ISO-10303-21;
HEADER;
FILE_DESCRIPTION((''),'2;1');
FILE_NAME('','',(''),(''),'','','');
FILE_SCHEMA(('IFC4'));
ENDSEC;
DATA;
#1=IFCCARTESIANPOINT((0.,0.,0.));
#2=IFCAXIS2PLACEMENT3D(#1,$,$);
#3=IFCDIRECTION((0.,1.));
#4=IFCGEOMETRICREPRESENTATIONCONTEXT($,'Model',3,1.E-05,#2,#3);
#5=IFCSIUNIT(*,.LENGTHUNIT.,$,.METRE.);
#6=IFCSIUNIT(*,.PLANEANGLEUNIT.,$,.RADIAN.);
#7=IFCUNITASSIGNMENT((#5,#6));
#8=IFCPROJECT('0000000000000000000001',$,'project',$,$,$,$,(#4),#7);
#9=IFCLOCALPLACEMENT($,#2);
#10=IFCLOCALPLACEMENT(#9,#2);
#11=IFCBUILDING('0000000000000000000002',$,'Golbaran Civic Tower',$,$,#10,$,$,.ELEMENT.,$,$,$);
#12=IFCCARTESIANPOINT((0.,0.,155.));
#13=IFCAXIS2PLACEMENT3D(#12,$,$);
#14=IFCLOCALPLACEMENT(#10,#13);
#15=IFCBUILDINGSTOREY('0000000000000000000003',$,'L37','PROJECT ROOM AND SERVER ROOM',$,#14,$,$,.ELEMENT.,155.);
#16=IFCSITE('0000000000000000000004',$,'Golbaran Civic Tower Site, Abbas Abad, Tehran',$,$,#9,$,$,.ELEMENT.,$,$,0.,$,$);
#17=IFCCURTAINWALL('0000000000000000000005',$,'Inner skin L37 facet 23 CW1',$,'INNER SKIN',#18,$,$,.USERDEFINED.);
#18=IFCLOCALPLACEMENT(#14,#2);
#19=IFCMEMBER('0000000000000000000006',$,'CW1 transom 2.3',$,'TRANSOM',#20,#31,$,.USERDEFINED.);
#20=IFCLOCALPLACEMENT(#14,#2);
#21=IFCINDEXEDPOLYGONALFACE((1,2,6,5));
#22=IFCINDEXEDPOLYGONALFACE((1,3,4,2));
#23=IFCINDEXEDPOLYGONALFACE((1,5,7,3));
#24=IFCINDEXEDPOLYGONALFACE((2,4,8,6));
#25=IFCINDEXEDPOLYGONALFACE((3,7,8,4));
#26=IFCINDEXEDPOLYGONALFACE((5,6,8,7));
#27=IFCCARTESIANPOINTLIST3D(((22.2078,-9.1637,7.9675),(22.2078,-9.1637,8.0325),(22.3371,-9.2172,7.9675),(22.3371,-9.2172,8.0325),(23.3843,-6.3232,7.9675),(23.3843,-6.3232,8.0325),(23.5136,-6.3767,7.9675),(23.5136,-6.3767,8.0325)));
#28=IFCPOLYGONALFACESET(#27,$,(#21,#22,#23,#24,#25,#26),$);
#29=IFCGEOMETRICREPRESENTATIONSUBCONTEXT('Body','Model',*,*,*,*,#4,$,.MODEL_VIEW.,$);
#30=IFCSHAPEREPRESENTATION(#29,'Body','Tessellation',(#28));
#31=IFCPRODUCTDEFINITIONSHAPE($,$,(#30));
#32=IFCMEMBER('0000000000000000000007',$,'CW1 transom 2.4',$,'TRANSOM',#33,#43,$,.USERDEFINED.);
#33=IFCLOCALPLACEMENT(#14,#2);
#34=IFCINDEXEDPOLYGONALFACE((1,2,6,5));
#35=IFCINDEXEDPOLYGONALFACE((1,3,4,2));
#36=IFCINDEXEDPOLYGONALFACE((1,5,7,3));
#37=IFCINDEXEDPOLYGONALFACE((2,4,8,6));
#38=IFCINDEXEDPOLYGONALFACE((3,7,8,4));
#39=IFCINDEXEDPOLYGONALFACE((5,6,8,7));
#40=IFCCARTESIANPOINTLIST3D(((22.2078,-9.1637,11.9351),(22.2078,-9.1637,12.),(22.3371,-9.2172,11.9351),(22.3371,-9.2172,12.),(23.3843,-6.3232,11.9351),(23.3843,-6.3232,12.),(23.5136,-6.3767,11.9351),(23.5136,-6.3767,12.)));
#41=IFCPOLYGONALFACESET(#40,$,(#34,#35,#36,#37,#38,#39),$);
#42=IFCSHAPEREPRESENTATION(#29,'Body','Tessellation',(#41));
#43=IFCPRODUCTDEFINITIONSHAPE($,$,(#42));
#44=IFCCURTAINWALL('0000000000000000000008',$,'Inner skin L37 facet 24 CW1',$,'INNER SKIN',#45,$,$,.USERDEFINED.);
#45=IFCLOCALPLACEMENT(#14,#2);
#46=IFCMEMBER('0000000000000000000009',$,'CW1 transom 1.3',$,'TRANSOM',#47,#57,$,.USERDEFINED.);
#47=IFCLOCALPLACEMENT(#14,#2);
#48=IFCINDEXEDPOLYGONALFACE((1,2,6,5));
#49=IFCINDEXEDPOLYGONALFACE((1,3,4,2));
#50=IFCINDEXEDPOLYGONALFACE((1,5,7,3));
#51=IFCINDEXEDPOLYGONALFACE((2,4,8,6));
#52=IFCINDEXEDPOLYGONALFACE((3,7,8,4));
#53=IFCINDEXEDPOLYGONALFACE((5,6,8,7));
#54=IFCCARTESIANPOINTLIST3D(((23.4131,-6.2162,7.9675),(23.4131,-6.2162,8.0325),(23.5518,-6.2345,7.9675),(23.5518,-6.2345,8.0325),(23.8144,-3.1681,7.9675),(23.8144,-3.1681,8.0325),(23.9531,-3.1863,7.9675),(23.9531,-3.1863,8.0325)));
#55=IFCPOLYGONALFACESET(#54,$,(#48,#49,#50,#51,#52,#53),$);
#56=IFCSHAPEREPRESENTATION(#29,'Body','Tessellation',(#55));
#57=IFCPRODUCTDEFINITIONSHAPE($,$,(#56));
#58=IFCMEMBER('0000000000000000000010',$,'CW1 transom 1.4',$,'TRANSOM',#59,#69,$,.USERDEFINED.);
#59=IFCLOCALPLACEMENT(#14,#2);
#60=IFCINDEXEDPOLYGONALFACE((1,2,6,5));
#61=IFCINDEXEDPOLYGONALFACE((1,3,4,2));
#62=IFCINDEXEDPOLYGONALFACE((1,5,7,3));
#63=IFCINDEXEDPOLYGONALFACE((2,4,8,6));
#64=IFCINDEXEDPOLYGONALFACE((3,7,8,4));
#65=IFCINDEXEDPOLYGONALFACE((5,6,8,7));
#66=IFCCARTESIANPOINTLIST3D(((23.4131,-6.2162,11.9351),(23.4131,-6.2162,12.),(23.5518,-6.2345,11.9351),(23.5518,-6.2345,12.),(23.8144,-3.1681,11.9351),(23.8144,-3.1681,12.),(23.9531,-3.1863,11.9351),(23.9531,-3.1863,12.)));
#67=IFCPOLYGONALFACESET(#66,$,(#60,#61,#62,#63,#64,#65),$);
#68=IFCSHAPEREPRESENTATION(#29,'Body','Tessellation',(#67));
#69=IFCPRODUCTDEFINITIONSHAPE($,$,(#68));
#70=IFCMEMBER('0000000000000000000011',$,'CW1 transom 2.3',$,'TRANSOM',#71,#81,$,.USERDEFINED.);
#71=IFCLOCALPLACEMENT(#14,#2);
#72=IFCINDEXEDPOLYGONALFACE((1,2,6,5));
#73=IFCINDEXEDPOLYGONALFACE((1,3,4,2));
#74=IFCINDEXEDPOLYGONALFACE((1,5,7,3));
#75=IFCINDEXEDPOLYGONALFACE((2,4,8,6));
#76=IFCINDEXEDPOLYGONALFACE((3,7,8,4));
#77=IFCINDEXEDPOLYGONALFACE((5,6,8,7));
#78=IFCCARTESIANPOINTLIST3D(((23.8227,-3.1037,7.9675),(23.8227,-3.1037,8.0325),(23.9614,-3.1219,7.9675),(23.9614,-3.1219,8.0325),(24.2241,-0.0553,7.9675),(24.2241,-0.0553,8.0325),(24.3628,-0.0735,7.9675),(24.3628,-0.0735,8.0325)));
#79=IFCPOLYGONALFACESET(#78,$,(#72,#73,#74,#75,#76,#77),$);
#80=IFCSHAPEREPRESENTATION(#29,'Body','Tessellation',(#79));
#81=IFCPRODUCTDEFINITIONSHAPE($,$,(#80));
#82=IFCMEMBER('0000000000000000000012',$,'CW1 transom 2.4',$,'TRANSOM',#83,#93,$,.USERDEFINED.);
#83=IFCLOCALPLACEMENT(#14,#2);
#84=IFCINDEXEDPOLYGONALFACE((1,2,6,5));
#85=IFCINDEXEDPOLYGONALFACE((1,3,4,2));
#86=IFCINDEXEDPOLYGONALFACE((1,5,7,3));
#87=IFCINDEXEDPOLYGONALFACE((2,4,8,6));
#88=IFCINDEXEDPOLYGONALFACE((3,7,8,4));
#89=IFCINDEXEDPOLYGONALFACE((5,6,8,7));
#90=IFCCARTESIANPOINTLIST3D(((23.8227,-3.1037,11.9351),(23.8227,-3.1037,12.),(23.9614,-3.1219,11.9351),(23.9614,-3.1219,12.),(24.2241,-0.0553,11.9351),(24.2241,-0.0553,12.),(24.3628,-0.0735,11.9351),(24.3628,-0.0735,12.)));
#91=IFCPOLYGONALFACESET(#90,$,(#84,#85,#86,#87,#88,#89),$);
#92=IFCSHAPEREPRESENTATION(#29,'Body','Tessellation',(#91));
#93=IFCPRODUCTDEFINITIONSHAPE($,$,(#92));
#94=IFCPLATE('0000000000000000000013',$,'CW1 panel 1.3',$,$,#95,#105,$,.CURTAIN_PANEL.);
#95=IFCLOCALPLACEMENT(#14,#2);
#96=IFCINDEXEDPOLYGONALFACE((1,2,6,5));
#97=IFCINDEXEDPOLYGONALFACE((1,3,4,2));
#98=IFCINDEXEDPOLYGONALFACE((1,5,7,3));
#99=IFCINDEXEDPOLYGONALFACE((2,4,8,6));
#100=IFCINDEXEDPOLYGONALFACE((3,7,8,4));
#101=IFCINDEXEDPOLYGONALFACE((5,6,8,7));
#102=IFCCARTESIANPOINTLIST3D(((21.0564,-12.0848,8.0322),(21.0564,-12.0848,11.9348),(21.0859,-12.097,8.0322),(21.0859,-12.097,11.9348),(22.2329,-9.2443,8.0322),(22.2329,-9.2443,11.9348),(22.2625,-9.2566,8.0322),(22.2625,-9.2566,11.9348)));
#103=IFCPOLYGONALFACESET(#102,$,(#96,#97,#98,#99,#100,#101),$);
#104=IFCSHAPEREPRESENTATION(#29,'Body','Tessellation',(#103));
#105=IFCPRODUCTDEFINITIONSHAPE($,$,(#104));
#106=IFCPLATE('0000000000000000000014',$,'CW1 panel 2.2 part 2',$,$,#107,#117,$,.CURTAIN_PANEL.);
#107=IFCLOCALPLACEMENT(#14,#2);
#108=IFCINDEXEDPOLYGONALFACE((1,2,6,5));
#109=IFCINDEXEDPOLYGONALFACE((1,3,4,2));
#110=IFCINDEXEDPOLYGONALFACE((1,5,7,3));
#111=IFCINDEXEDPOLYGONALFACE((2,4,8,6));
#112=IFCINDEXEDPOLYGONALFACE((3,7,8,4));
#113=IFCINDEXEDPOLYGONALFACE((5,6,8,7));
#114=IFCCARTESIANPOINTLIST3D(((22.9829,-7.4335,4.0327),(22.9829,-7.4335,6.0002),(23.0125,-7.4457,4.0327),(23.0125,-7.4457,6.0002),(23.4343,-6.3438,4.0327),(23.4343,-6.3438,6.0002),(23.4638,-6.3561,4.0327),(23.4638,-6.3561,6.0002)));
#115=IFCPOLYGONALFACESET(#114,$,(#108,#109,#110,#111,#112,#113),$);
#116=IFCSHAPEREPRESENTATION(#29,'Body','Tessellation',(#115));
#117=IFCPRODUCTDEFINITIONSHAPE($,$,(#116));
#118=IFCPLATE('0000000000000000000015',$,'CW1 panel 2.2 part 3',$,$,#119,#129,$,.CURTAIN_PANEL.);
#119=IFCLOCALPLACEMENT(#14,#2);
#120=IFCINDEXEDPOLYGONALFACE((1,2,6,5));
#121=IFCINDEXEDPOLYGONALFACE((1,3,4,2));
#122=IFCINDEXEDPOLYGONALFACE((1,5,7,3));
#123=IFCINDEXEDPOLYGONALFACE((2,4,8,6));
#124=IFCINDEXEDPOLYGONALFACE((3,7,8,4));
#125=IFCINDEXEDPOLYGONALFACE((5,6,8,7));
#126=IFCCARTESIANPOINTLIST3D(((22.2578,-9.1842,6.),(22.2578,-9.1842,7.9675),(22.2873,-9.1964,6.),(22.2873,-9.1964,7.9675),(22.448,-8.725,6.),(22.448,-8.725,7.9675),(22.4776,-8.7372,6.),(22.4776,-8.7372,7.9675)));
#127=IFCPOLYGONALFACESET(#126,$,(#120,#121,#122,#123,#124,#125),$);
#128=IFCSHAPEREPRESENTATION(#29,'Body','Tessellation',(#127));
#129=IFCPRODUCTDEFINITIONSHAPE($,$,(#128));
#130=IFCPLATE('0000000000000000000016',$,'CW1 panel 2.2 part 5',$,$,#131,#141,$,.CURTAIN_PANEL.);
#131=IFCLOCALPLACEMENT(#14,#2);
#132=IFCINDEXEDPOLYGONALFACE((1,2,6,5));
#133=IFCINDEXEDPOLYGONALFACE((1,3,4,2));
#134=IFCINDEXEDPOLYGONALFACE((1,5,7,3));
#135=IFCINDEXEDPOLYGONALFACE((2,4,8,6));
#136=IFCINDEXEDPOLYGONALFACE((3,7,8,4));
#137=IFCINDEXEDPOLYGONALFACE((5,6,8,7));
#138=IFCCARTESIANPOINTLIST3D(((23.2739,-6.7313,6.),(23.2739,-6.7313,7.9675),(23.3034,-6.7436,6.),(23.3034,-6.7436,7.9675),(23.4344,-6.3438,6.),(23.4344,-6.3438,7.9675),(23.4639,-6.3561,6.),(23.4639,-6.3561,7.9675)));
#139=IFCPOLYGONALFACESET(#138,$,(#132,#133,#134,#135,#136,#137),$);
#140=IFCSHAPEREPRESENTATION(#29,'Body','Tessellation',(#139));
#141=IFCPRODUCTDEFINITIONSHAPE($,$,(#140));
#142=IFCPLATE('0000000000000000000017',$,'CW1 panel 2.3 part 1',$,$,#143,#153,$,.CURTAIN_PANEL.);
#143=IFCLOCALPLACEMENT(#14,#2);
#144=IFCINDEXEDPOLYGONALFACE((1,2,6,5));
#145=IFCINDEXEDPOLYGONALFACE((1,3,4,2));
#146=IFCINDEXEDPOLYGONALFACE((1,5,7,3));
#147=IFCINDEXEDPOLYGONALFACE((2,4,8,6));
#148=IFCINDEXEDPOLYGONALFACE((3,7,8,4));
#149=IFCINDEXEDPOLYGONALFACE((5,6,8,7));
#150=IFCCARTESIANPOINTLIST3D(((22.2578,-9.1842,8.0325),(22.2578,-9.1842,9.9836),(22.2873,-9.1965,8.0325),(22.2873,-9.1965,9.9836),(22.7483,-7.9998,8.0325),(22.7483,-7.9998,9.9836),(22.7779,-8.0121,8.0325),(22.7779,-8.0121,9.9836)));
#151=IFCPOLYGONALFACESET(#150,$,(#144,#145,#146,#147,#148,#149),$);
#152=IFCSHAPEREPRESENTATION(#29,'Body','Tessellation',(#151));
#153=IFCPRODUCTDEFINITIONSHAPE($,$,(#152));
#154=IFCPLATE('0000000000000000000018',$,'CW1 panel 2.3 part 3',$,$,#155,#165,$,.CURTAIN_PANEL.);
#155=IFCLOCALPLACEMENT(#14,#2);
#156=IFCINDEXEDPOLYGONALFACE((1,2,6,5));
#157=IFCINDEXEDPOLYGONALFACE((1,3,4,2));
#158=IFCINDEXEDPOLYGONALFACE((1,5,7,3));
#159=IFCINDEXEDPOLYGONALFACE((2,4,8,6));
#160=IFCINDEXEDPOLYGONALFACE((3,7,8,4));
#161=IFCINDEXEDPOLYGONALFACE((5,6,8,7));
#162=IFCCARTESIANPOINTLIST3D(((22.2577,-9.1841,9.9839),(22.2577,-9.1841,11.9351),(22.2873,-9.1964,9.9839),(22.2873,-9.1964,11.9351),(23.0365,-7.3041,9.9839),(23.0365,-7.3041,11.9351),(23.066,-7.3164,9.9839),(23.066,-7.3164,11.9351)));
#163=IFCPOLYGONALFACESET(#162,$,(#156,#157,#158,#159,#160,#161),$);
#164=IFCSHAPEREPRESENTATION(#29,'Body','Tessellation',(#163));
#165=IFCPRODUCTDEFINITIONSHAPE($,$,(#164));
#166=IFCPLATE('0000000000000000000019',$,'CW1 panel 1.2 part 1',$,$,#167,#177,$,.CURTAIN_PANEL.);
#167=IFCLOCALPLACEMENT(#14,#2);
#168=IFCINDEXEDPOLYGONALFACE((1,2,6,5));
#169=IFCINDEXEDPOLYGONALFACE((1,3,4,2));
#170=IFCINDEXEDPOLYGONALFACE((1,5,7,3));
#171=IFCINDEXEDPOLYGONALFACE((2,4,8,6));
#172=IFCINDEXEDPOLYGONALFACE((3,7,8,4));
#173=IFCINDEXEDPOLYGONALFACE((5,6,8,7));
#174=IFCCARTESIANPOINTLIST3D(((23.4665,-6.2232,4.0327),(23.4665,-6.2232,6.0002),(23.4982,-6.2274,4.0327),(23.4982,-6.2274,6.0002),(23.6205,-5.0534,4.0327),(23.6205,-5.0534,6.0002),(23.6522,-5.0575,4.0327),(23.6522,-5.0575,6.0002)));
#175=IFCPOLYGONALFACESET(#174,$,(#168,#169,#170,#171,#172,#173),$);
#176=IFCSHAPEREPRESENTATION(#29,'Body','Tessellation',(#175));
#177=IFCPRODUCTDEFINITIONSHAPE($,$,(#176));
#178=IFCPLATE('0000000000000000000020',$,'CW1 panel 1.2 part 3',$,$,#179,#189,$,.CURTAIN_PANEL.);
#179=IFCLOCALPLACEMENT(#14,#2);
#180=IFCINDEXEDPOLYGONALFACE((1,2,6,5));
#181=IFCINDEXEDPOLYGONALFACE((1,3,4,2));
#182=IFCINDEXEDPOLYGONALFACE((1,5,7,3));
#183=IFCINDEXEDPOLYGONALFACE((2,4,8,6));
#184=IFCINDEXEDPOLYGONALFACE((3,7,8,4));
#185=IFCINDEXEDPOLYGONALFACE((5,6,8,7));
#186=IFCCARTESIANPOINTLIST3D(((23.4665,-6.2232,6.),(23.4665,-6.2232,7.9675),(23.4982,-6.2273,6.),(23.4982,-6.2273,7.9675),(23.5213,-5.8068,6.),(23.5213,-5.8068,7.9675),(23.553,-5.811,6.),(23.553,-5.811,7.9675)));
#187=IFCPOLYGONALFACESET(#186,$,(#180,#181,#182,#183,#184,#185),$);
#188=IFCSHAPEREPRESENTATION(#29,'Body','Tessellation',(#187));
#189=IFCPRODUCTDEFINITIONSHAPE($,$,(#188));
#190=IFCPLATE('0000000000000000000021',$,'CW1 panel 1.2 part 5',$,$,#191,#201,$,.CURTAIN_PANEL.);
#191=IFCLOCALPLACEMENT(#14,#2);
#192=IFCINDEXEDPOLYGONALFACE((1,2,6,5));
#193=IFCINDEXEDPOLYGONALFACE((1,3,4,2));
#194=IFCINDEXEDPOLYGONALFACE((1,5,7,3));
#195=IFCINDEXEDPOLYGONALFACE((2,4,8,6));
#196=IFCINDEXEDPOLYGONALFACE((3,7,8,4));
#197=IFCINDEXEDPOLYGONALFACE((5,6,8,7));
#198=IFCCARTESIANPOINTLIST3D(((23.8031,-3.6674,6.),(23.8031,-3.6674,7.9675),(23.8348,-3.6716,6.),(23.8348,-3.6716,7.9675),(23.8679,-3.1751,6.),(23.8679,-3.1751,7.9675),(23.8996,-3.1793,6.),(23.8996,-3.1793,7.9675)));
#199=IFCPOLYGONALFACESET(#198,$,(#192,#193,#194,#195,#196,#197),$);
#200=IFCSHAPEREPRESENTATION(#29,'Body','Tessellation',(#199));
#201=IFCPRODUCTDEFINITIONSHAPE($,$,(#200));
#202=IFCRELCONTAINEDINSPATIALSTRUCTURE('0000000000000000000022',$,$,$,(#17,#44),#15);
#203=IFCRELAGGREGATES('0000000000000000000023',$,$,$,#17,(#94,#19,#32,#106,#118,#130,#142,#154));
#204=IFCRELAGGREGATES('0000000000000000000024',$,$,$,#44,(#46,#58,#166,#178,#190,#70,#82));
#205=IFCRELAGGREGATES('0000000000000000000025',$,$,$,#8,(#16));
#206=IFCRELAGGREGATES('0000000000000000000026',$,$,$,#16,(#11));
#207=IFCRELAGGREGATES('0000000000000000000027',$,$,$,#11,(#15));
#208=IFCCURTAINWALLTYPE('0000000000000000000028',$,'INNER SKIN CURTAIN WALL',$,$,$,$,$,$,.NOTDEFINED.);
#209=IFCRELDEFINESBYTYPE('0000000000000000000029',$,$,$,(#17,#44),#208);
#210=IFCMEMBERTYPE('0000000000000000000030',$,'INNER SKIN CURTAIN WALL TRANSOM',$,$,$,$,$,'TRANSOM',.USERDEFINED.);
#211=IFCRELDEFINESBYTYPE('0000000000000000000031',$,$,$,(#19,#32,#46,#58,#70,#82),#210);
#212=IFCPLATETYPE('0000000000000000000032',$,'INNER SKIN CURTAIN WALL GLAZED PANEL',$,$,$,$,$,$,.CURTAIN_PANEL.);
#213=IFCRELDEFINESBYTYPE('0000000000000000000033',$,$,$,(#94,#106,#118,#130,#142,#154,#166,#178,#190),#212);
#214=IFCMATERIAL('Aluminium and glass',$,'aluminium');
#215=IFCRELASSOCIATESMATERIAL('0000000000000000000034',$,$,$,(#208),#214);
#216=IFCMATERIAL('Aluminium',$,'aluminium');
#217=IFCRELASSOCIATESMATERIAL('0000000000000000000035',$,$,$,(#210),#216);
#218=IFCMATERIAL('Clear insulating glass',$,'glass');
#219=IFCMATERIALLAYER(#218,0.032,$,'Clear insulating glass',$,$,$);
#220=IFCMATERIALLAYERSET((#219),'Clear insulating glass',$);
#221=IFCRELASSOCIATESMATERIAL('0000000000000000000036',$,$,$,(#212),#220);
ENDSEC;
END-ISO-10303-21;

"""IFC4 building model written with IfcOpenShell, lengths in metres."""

from ifc_helpers import new_model, si_unit, direction, frame, origin, origin_2d, place, context, subcontext, project, spatial, rectangle, extrude, material, layer, layer_set, material_profile, profile_set, type_object, element, aggregate, save


model = new_model("IFC4")

# Units and contexts
model_context = context("Model", 3, precision=1e-05, world=origin(), true_north=direction((0.0, 1.0)))
body_context = subcontext(model_context, "Body", "Model", "MODEL_VIEW")
ifc_project = project(units=[si_unit("LENGTHUNIT", "METRE"), si_unit("PLANEANGLEUNIT", "RADIAN")], contexts=[model_context])

# Site, building, storey
site_placement = place(None, origin())
site = spatial("IfcSite", under=ifc_project, at=site_placement, Name="Golbaran Civic Tower Site, Abbas Abad, Tehran", CompositionType="ELEMENT", RefElevation=0.0)
building_placement = place(site_placement, origin())
building = spatial("IfcBuilding", under=site, at=building_placement, Name="Golbaran Civic Tower", CompositionType="ELEMENT")
storey_placement = place(building_placement, frame((0.0, 0.0, 155.0)))
storey = spatial("IfcBuildingStorey", under=building, at=storey_placement, Name="L37", Description="PROJECT ROOM AND SERVER ROOM", CompositionType="ELEMENT", Elevation=155.0)

# Curtain walls, members
ifc_material_1 = material(Name="Aluminium and glass", Category="aluminium")
curtain_wall_type = type_object("IfcCurtainWallType", Name="INNER SKIN CURTAIN WALL", PredefinedType="NOTDEFINED", material=ifc_material_1)
curtain_wall_1_placement = place(storey_placement, origin())
curtain_wall_1 = element("IfcCurtainWall", 1, at=curtain_wall_1_placement, inside=storey, type_object=curtain_wall_type, Name="Inner skin L37 facet 23 CW1", ObjectType="INNER SKIN", PredefinedType="USERDEFINED")
ifc_material_2 = material(Name="Aluminium", Category="aluminium")
ifc_material_profile = material_profile(ifc_material_2, rectangle(XDim=0.1399, YDim=0.0649, at=origin_2d()), Name="INNER SKIN CURTAIN WALL TRANSOM")
ifc_profile_set = profile_set([ifc_material_profile], Name="Aluminium")
member_type = type_object("IfcMemberType", Name="INNER SKIN CURTAIN WALL TRANSOM", ElementType="TRANSOM", PredefinedType="USERDEFINED", material=ifc_profile_set)
member_1_placement = place(storey_placement, frame((22.2725, -9.1904, 8.0), z_axis=(0.382658, 0.92389, 0.0), x_axis=(-0.92389, 0.382658, 0.0)))
member_1 = element("IfcMember", 2, at=member_1_placement, type_object=member_type, Name="CW1 transom 2.3", ObjectType="TRANSOM", PredefinedType="USERDEFINED", context=body_context, shape_type="SweptSolid", body=[
    extrude(rectangle(XDim=0.1399, YDim=0.0649, at=origin_2d()), origin(), (0.0, 0.0, 1.0), 3.0745),
])
member_2_placement = place(storey_placement, frame((22.2725, -9.1904, 11.9675), z_axis=(0.382658, 0.92389, 0.0), x_axis=(-0.92389, 0.382658, 0.0)))
member_2 = element("IfcMember", 3, at=member_2_placement, type_object=member_type, Name="CW1 transom 2.4", ObjectType="TRANSOM", PredefinedType="USERDEFINED", context=body_context, shape_type="SweptSolid", body=[
    extrude(rectangle(XDim=0.1399, YDim=0.0649, at=origin_2d()), origin(), (0.0, 0.0, 1.0), 3.0745),
])
curtain_wall_2_placement = place(storey_placement, origin())
curtain_wall_2 = element("IfcCurtainWall", 4, at=curtain_wall_2_placement, inside=storey, type_object=curtain_wall_type, Name="Inner skin L37 facet 24 CW1", ObjectType="INNER SKIN", PredefinedType="USERDEFINED")
member_3_placement = place(storey_placement, frame((23.4824, -6.2253, 8.0), z_axis=(0.130551, 0.991442, 0.0), x_axis=(-0.991442, 0.130551, 0.0)))
member_3 = element("IfcMember", 5, at=member_3_placement, type_object=member_type, Name="CW1 transom 1.3", ObjectType="TRANSOM", PredefinedType="USERDEFINED", context=body_context, shape_type="SweptSolid", body=[
    extrude(rectangle(XDim=0.1399, YDim=0.0649, at=origin_2d()), origin(), (0.0, 0.0, 1.0), 3.0745),
])
member_4_placement = place(storey_placement, frame((23.4824, -6.2253, 11.9675), z_axis=(0.130551, 0.991442, 0.0), x_axis=(-0.991442, 0.130551, 0.0)))
member_4 = element("IfcMember", 6, at=member_4_placement, type_object=member_type, Name="CW1 transom 1.4", ObjectType="TRANSOM", PredefinedType="USERDEFINED", context=body_context, shape_type="SweptSolid", body=[
    extrude(rectangle(XDim=0.1399, YDim=0.0649, at=origin_2d()), origin(), (0.0, 0.0, 1.0), 3.0745),
])
member_5_placement = place(storey_placement, frame((23.8921, -3.1128, 8.0), z_axis=(0.130541, 0.991443, 0.0), x_axis=(-0.991443, 0.130541, 0.0)))
member_5 = element("IfcMember", 7, at=member_5_placement, type_object=member_type, Name="CW1 transom 2.3", ObjectType="TRANSOM", PredefinedType="USERDEFINED", context=body_context, shape_type="SweptSolid", body=[
    extrude(rectangle(XDim=0.1399, YDim=0.0649, at=origin_2d()), origin(), (0.0, 0.0, 1.0), 3.0747),
])
member_6_placement = place(storey_placement, frame((23.8921, -3.1128, 11.9675), z_axis=(0.130541, 0.991443, 0.0), x_axis=(-0.991443, 0.130541, 0.0)))
member_6 = element("IfcMember", 8, at=member_6_placement, type_object=member_type, Name="CW1 transom 2.4", ObjectType="TRANSOM", PredefinedType="USERDEFINED", context=body_context, shape_type="SweptSolid", body=[
    extrude(rectangle(XDim=0.1399, YDim=0.0649, at=origin_2d()), origin(), (0.0, 0.0, 1.0), 3.0747),
])

# Plates
ifc_material_3 = material(Name="Clear insulating glass", Category="glass")
ifc_layer_1 = layer(ifc_material_3, 0.032, Name="Clear insulating glass")
ifc_layer_set_1 = layer_set([ifc_layer_1], Name="Clear insulating glass")
plate_type_1 = type_object("IfcPlateType", Name="INNER SKIN CURTAIN WALL GLAZED PANEL", PredefinedType="CURTAIN_PANEL", material=ifc_layer_set_1)
plate_1_placement = place(storey_placement, frame((21.6594, -10.6707, 8.0322), z_axis=(0.0, 0.0, 1.0), x_axis=(0.382683, 0.92388, 0.0)))
plate_1 = element("IfcPlate", 9, at=plate_1_placement, type_object=plate_type_1, Name="CW1 panel 1.3", PredefinedType="CURTAIN_PANEL", context=body_context, shape_type="SweptSolid", body=[
    extrude(rectangle(XDim=3.0745, YDim=0.032, at=origin_2d()), origin(), (0.0, 0.0, 1.0), 3.9026),
])
plate_2_placement = place(storey_placement, frame((23.2234, -6.8948, 4.0327), z_axis=(0.0, 0.0, 1.0), x_axis=(0.382683, 0.92388, 0.0)))
plate_2 = element("IfcPlate", 10, at=plate_2_placement, type_object=plate_type_1, Name="CW1 panel 2.2 part 2", PredefinedType="CURTAIN_PANEL", context=body_context, shape_type="SweptSolid", body=[
    extrude(rectangle(XDim=1.1794, YDim=0.032, at=origin_2d()), origin(), (0.0, 0.0, 1.0), 1.9675),
])
plate_3_placement = place(storey_placement, frame((22.3677, -8.9607, 6.0), z_axis=(0.0, 0.0, 1.0), x_axis=(0.382683, 0.92388, 0.0)))
plate_3 = element("IfcPlate", 11, at=plate_3_placement, type_object=plate_type_1, Name="CW1 panel 2.2 part 3", PredefinedType="CURTAIN_PANEL", context=body_context, shape_type="SweptSolid", body=[
    extrude(rectangle(XDim=0.4971, YDim=0.032, at=origin_2d()), origin(), (0.0, 0.0, 1.0), 1.9675),
])
plate_4_placement = place(storey_placement, frame((23.3689, -6.5437, 6.0), z_axis=(0.0, 0.0, 1.0), x_axis=(0.382683, 0.92388, 0.0)))
plate_4 = element("IfcPlate", 12, at=plate_4_placement, type_object=plate_type_1, Name="CW1 panel 2.2 part 5", PredefinedType="CURTAIN_PANEL", context=body_context, shape_type="SweptSolid", body=[
    extrude(rectangle(XDim=0.4194, YDim=0.032, at=origin_2d()), origin(), (0.0, 0.0, 1.0), 1.9675),
])
plate_5_placement = place(storey_placement, frame((22.5178, -8.5981, 8.0325), z_axis=(0.0, 0.0, 1.0), x_axis=(0.382683, 0.92388, 0.0)))
plate_5 = element("IfcPlate", 13, at=plate_5_placement, type_object=plate_type_1, Name="CW1 panel 2.3 part 1", PredefinedType="CURTAIN_PANEL", context=body_context, shape_type="SweptSolid", body=[
    extrude(rectangle(XDim=1.282, YDim=0.032, at=origin_2d()), origin(), (0.0, 0.0, 1.0), 1.9512),
])
plate_6_placement = place(storey_placement, frame((22.6619, -8.2502, 9.9839), z_axis=(0.0, 0.0, 1.0), x_axis=(0.382683, 0.92388, 0.0)))
plate_6 = element("IfcPlate", 14, at=plate_6_placement, type_object=plate_type_1, Name="CW1 panel 2.3 part 3", PredefinedType="CURTAIN_PANEL", context=body_context, shape_type="SweptSolid", body=[
    extrude(rectangle(XDim=2.0349, YDim=0.032, at=origin_2d()), origin(), (0.0, 0.0, 1.0), 1.9512),
])
plate_7_placement = place(storey_placement, frame((23.5593, -5.6404, 4.0327), z_axis=(0.0, 0.0, 1.0), x_axis=(0.130526, 0.991445, 0.0)))
plate_7 = element("IfcPlate", 15, at=plate_7_placement, type_object=plate_type_1, Name="CW1 panel 1.2 part 1", PredefinedType="CURTAIN_PANEL", context=body_context, shape_type="SweptSolid", body=[
    extrude(rectangle(XDim=1.1799, YDim=0.032, at=origin_2d()), origin(), (0.0, 0.0, 1.0), 1.9675),
])
plate_8_placement = place(storey_placement, frame((23.5098, -6.0171, 6.0), z_axis=(0.0, 0.0, 1.0), x_axis=(0.130526, 0.991445, 0.0)))
plate_8 = element("IfcPlate", 16, at=plate_8_placement, type_object=plate_type_1, Name="CW1 panel 1.2 part 3", PredefinedType="CURTAIN_PANEL", context=body_context, shape_type="SweptSolid", body=[
    extrude(rectangle(XDim=0.4199, YDim=0.032, at=origin_2d()), origin(), (0.0, 0.0, 1.0), 1.9675),
])
plate_9_placement = place(storey_placement, frame((23.8513, -3.4233, 6.0), z_axis=(0.0, 0.0, 1.0), x_axis=(0.130526, 0.991445, 0.0)))
plate_9 = element("IfcPlate", 17, at=plate_9_placement, type_object=plate_type_1, Name="CW1 panel 1.2 part 5", PredefinedType="CURTAIN_PANEL", context=body_context, shape_type="SweptSolid", body=[
    extrude(rectangle(XDim=0.4966, YDim=0.032, at=origin_2d()), origin(), (0.0, 0.0, 1.0), 1.9675),
])
aggregate(curtain_wall_1, [plate_1, member_1, member_2, plate_2, plate_3, plate_4, plate_5, plate_6])
aggregate(curtain_wall_2, [member_3, member_4, plate_7, plate_8, plate_9, member_5, member_6])

save(model, "model.ifc")
